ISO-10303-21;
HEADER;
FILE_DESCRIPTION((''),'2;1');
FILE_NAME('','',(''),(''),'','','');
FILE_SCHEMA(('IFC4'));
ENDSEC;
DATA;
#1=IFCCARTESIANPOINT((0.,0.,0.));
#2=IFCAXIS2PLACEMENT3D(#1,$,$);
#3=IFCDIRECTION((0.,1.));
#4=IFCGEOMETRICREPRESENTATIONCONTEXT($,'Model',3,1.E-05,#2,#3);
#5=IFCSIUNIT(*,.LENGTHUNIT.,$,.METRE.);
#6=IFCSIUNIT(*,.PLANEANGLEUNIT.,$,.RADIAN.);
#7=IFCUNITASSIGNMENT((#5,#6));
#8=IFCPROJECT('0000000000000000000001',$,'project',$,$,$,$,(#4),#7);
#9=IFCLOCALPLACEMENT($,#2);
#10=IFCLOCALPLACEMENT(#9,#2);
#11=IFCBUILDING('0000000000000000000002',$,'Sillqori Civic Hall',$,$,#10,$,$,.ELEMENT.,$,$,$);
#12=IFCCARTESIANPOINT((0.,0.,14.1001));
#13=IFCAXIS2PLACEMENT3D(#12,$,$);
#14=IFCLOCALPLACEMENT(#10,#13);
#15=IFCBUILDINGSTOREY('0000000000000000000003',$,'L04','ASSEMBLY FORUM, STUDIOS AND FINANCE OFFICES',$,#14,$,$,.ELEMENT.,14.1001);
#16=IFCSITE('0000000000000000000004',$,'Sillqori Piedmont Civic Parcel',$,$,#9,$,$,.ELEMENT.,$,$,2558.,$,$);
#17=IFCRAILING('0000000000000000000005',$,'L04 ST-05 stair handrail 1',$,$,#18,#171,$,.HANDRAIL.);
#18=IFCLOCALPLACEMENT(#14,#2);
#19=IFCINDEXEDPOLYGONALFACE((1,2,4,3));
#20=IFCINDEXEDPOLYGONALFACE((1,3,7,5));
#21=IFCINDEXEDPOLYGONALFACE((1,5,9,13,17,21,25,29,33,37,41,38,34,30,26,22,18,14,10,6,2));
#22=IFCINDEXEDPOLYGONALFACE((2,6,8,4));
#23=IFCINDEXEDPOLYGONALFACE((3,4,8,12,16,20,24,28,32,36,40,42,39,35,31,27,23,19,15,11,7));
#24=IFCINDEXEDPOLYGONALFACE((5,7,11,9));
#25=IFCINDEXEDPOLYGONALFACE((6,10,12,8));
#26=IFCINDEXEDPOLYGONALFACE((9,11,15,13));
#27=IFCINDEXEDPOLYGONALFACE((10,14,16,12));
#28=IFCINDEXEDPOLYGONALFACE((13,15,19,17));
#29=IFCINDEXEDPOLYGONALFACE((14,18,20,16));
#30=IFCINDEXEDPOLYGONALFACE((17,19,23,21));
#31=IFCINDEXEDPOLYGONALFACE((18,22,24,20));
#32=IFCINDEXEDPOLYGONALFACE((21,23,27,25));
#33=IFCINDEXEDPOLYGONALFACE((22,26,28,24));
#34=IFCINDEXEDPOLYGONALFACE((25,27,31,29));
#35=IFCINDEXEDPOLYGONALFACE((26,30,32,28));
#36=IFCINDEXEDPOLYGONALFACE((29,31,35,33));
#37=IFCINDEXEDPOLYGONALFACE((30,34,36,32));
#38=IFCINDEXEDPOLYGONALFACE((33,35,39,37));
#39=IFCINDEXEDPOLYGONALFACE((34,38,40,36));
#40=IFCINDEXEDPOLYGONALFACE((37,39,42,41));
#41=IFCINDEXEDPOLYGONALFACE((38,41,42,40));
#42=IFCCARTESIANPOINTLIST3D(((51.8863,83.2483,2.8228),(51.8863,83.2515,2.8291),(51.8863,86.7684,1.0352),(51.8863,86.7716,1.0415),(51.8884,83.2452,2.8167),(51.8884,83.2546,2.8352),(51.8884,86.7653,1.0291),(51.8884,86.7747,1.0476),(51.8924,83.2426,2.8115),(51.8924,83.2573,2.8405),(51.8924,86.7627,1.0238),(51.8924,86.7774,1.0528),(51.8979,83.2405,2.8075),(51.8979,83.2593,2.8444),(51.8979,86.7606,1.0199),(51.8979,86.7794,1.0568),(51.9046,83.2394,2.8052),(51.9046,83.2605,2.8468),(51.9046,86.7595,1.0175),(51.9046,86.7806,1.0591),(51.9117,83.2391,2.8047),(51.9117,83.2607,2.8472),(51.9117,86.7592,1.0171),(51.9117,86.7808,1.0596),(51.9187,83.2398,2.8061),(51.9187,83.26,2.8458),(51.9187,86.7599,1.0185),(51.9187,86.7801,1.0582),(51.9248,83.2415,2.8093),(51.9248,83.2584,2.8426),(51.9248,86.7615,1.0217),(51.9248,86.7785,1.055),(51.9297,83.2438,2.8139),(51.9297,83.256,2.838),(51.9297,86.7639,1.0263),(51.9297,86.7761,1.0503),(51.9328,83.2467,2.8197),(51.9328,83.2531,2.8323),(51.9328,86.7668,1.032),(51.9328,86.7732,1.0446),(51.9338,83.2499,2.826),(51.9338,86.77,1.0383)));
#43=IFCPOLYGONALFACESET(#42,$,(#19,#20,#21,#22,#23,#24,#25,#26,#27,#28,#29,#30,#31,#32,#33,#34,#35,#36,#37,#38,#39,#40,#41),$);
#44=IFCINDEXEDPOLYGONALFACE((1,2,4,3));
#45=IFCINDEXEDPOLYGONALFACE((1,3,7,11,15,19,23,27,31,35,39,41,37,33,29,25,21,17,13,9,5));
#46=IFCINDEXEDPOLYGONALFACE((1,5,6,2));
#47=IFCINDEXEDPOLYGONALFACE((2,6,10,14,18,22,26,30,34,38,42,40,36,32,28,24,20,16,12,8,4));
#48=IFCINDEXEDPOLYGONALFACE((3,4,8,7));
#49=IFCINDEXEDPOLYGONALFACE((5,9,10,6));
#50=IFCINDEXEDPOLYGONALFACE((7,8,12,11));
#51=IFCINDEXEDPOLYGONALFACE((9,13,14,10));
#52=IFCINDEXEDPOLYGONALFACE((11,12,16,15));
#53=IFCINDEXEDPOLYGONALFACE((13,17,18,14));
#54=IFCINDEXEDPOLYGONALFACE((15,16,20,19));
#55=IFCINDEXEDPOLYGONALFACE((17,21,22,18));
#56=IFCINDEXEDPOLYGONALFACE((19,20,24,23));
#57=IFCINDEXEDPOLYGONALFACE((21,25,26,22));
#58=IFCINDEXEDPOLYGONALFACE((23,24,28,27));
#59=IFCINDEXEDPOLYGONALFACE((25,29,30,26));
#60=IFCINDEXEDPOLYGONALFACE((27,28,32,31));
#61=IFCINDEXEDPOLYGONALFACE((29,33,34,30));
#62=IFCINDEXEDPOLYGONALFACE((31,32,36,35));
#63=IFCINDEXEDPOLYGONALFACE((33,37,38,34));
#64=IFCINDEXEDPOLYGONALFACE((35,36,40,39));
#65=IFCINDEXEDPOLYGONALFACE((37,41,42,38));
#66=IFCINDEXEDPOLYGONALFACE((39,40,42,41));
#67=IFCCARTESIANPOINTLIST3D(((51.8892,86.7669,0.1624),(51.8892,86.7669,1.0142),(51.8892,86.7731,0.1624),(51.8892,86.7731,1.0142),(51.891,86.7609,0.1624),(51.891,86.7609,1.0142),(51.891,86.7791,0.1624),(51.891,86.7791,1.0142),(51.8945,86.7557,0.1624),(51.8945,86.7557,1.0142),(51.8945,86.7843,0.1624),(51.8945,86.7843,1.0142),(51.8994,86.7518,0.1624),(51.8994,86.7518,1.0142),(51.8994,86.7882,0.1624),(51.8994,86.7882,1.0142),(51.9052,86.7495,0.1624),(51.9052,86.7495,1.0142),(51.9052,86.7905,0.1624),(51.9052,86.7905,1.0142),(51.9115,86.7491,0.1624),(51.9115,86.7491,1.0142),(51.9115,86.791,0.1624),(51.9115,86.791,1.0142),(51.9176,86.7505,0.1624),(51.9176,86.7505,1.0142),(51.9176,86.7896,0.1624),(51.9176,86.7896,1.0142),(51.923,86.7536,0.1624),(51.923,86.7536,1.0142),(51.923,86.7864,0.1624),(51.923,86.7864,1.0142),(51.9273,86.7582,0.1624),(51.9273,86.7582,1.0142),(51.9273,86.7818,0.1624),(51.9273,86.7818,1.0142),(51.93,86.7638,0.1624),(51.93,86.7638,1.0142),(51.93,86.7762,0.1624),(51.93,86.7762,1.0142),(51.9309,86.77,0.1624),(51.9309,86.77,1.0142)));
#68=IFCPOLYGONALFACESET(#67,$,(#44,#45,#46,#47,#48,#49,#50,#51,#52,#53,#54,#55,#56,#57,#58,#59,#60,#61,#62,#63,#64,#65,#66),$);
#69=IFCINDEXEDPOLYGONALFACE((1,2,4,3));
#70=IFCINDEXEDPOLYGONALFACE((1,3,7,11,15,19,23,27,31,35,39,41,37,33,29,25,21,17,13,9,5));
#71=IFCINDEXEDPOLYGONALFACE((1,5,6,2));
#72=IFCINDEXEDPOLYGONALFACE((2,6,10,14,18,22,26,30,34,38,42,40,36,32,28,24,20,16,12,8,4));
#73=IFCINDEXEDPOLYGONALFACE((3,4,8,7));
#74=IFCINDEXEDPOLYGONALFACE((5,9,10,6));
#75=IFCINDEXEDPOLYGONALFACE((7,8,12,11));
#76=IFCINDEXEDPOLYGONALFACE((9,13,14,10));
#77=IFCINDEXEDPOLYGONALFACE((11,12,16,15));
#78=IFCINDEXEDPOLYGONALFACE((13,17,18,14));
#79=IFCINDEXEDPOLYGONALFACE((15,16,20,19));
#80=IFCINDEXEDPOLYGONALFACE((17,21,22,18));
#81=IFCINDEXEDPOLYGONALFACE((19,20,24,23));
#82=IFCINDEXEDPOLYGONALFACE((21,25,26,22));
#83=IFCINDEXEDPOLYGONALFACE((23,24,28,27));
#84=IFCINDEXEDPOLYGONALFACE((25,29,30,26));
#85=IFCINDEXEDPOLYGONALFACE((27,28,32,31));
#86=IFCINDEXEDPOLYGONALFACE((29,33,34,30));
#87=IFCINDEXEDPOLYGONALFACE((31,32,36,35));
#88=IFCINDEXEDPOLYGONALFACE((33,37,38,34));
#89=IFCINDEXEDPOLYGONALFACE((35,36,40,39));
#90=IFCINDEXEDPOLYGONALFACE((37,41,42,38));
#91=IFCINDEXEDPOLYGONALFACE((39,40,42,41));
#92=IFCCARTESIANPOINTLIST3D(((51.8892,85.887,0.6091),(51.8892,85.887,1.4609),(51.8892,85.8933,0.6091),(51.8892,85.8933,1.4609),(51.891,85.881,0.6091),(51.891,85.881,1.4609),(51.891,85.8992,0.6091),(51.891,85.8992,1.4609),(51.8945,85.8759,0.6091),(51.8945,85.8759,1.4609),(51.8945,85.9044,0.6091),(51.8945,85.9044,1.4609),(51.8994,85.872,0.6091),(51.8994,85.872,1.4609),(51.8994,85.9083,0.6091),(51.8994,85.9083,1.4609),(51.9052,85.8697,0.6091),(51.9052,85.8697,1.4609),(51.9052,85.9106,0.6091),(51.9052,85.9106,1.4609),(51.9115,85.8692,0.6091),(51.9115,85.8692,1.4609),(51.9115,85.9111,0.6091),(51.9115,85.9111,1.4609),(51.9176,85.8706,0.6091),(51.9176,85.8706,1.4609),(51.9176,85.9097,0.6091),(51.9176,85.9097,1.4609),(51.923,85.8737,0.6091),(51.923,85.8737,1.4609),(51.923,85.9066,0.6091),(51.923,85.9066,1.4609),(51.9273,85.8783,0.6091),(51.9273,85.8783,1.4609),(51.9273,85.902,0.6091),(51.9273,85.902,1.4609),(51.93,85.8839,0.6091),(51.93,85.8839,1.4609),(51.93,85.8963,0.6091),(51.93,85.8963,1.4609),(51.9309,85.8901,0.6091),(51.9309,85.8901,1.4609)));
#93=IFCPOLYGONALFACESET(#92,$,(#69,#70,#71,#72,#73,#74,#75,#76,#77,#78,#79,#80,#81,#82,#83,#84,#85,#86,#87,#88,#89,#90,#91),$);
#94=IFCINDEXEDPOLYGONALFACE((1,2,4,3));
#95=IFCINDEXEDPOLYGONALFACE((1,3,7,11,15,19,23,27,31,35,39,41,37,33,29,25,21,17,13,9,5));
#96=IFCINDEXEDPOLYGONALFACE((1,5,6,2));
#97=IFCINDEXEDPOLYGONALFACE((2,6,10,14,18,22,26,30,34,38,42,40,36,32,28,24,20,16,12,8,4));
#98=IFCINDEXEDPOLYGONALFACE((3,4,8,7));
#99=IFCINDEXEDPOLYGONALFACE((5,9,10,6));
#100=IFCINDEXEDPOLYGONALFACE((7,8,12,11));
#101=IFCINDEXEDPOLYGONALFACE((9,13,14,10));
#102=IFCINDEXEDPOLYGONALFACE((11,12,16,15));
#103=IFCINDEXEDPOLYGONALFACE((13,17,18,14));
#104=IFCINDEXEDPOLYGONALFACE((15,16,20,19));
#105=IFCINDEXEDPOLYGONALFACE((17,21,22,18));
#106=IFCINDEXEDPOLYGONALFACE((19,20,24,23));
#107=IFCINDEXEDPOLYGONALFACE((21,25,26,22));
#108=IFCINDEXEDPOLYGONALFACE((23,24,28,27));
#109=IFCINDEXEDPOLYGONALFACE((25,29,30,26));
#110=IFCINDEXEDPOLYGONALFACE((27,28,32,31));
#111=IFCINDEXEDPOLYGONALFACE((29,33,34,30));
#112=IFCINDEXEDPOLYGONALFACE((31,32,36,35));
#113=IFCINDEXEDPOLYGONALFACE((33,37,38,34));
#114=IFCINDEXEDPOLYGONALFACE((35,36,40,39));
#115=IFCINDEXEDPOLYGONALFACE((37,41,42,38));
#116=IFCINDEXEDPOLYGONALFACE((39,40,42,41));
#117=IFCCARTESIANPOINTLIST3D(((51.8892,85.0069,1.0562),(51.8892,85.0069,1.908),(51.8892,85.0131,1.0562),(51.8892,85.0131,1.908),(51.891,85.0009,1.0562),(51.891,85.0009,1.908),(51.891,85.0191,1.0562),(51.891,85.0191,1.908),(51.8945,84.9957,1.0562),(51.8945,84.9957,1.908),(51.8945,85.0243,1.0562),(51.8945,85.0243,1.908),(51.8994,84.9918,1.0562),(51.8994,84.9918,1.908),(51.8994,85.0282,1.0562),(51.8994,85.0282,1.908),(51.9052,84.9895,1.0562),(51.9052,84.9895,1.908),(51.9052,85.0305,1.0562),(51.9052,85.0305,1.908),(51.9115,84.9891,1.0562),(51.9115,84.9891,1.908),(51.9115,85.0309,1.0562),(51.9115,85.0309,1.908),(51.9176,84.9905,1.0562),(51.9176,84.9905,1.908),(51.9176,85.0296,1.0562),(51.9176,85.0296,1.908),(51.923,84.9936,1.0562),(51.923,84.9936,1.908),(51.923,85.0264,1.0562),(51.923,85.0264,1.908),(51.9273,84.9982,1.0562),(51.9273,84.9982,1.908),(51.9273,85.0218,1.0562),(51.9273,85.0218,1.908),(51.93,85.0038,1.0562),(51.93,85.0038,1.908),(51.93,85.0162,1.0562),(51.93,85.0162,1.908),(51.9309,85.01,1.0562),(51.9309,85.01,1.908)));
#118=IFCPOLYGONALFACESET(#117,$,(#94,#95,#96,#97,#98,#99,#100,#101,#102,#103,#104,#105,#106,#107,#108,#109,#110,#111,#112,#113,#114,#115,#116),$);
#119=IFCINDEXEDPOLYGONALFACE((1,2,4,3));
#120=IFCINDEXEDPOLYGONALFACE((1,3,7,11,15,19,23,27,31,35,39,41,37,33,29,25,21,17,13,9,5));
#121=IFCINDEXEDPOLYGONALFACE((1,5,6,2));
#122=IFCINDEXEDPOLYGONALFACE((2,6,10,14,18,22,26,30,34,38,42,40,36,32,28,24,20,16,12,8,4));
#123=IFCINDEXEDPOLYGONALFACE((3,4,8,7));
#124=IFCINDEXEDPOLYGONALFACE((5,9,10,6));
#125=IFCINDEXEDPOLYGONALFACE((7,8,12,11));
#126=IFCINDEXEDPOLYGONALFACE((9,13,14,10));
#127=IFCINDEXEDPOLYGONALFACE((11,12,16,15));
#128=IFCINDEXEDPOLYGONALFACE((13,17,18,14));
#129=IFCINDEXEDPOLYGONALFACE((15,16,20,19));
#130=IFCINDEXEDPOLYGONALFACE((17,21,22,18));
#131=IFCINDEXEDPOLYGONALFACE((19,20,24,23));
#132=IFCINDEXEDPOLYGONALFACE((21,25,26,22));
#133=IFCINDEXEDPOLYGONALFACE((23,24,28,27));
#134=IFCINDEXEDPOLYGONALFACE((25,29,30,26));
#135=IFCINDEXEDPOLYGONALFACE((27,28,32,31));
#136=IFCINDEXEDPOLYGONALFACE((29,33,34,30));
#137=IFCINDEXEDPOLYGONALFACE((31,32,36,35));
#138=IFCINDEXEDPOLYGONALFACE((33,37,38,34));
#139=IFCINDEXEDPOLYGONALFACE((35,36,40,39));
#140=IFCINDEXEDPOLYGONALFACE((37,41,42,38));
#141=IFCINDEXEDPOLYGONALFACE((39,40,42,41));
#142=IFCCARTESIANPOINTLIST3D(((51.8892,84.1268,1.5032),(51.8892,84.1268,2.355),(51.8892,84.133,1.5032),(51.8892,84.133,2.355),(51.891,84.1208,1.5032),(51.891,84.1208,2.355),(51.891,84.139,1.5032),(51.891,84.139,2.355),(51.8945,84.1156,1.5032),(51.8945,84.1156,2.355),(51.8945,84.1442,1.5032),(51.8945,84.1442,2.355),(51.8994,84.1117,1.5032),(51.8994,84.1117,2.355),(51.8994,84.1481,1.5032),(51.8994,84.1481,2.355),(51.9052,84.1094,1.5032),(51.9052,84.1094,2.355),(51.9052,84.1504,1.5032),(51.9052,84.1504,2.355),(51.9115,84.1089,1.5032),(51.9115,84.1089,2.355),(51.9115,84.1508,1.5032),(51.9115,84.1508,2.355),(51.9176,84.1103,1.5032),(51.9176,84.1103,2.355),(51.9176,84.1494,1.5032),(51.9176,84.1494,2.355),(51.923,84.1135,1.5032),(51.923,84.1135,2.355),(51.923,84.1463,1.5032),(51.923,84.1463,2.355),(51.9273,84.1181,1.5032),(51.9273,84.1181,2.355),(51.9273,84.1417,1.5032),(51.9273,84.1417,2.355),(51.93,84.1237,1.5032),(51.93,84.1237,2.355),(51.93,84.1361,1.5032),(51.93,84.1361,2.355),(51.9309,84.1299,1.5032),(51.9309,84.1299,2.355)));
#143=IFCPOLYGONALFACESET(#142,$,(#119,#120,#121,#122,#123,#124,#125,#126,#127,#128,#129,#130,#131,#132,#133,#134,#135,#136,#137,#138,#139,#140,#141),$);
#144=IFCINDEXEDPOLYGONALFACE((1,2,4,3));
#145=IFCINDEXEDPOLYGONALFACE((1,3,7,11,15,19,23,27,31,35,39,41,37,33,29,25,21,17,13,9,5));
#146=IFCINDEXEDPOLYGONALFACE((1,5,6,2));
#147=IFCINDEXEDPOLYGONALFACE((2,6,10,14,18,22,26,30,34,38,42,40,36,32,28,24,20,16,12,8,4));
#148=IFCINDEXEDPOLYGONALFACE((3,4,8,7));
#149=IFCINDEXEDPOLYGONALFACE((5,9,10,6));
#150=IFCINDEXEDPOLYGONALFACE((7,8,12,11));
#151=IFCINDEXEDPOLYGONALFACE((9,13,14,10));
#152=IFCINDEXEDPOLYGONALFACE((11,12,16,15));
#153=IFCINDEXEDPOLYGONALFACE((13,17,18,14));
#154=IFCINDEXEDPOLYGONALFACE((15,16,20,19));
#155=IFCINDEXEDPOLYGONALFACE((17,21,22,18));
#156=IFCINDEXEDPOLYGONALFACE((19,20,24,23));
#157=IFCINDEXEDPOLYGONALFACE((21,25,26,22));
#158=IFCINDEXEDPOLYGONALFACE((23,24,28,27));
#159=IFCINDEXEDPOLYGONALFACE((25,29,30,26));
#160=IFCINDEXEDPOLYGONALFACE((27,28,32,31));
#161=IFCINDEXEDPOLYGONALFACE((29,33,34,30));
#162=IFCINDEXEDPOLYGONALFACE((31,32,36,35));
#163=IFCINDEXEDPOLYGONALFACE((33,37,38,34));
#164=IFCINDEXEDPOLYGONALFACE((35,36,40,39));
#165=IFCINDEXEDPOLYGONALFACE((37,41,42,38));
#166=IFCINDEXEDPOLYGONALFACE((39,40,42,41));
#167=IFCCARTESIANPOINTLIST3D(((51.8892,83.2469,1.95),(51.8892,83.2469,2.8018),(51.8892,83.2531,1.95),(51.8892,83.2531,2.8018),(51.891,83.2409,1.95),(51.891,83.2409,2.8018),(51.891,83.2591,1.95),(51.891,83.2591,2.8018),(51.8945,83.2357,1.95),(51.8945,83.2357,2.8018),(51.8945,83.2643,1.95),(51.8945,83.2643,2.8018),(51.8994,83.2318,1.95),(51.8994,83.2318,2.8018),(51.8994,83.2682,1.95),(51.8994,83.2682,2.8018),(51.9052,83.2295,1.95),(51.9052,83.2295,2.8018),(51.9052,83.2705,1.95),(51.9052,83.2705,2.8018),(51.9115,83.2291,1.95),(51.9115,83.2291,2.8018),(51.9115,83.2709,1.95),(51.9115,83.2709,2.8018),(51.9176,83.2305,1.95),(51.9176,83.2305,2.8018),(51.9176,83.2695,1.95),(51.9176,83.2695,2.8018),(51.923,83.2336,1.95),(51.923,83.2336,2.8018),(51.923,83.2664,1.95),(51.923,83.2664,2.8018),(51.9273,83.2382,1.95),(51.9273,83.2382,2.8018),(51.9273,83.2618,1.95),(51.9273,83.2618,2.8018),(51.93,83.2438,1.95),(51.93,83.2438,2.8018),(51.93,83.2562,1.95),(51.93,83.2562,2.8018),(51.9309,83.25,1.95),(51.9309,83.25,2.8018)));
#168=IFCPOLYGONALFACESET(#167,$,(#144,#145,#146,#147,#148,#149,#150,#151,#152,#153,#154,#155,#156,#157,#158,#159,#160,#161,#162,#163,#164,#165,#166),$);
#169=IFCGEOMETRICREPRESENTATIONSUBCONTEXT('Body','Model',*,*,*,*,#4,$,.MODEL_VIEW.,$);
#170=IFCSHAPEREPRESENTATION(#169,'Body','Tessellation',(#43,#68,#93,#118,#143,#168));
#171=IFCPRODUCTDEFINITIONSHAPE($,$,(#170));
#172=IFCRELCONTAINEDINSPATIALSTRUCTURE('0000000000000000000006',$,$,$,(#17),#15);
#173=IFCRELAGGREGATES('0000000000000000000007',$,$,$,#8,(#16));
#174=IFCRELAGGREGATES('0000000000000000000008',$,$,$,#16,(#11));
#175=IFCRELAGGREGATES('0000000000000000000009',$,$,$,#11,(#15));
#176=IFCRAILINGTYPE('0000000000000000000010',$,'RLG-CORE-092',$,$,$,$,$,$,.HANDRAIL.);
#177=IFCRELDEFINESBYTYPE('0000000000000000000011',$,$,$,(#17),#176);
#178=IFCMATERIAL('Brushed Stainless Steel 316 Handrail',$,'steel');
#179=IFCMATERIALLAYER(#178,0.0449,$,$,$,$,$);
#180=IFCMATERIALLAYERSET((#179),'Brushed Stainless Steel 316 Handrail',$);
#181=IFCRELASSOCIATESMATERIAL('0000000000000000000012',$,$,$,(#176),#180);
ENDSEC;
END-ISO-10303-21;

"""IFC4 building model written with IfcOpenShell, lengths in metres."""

from ifc_helpers import new_model, si_unit, direction, frame, origin, origin_2d, place, context, subcontext, project, spatial, circle, extrude, material, layer, layer_set, type_object, element, save


model = new_model("IFC4")

# Units and contexts
model_context = context("Model", 3, precision=1e-05, world=origin(), true_north=direction((0.0, 1.0)))
body_context = subcontext(model_context, "Body", "Model", "MODEL_VIEW")
ifc_project = project(units=[si_unit("LENGTHUNIT", "METRE"), si_unit("PLANEANGLEUNIT", "RADIAN")], contexts=[model_context])

# Site, building, storey
site_placement = place(None, origin())
site = spatial("IfcSite", under=ifc_project, at=site_placement, Name="Sillqori Piedmont Civic Parcel", CompositionType="ELEMENT", RefElevation=2558.0)
building_placement = place(site_placement, origin())
building = spatial("IfcBuilding", under=site, at=building_placement, Name="Sillqori Civic Hall", CompositionType="ELEMENT")
storey_placement = place(building_placement, frame((0.0, 0.0, 14.1001)))
storey = spatial("IfcBuildingStorey", under=building, at=storey_placement, Name="L04", Description="ASSEMBLY FORUM, STUDIOS AND FINANCE OFFICES", CompositionType="ELEMENT", Elevation=14.1001)

# Railing
ifc_material_1 = material(Name="Brushed Stainless Steel 316 Handrail", Category="steel")
ifc_layer_1 = layer(ifc_material_1, 0.0449)
ifc_layer_set_1 = layer_set([ifc_layer_1], Name="Brushed Stainless Steel 316 Handrail")
railing_type_1 = type_object("IfcRailingType", Name="RLG-CORE-092", PredefinedType="HANDRAIL", material=ifc_layer_set_1)
railing_1_placement = place(storey_placement, frame((51.9099, 86.77, 0.1624)))
element("IfcRailing", 1, at=railing_1_placement, inside=storey, type_object=railing_type_1, Name="L04 ST-05 stair handrail 1", PredefinedType="HANDRAIL", context=body_context, shape_type="SweptSolid", body=[
    extrude(circle(Radius=0.0239, at=origin_2d()), frame((0.0, 0.0, 0.876), z_axis=(0.0, -0.891615, 0.452795), x_axis=(1.0, 0.0, 0.0)), (0.0, 0.0, 1.0), 3.948),
    extrude(circle(Radius=0.021, at=origin_2d()), origin(), (0.0, 0.0, 1.0), 0.8518),
    extrude(circle(Radius=0.021, at=origin_2d()), frame((0.0, -0.8799, 0.4468)), (0.0, 0.0, 1.0), 0.8518),
    extrude(circle(Radius=0.021, at=origin_2d()), frame((0.0, -1.76, 0.8938)), (0.0, 0.0, 1.0), 0.8518),
    extrude(circle(Radius=0.021, at=origin_2d()), frame((0.0, -2.6401, 1.3408)), (0.0, 0.0, 1.0), 0.8518),
    extrude(circle(Radius=0.021, at=origin_2d()), frame((0.0, -3.52, 1.7876)), (0.0, 0.0, 1.0), 0.8518),
])

save(model, "model.ifc")
